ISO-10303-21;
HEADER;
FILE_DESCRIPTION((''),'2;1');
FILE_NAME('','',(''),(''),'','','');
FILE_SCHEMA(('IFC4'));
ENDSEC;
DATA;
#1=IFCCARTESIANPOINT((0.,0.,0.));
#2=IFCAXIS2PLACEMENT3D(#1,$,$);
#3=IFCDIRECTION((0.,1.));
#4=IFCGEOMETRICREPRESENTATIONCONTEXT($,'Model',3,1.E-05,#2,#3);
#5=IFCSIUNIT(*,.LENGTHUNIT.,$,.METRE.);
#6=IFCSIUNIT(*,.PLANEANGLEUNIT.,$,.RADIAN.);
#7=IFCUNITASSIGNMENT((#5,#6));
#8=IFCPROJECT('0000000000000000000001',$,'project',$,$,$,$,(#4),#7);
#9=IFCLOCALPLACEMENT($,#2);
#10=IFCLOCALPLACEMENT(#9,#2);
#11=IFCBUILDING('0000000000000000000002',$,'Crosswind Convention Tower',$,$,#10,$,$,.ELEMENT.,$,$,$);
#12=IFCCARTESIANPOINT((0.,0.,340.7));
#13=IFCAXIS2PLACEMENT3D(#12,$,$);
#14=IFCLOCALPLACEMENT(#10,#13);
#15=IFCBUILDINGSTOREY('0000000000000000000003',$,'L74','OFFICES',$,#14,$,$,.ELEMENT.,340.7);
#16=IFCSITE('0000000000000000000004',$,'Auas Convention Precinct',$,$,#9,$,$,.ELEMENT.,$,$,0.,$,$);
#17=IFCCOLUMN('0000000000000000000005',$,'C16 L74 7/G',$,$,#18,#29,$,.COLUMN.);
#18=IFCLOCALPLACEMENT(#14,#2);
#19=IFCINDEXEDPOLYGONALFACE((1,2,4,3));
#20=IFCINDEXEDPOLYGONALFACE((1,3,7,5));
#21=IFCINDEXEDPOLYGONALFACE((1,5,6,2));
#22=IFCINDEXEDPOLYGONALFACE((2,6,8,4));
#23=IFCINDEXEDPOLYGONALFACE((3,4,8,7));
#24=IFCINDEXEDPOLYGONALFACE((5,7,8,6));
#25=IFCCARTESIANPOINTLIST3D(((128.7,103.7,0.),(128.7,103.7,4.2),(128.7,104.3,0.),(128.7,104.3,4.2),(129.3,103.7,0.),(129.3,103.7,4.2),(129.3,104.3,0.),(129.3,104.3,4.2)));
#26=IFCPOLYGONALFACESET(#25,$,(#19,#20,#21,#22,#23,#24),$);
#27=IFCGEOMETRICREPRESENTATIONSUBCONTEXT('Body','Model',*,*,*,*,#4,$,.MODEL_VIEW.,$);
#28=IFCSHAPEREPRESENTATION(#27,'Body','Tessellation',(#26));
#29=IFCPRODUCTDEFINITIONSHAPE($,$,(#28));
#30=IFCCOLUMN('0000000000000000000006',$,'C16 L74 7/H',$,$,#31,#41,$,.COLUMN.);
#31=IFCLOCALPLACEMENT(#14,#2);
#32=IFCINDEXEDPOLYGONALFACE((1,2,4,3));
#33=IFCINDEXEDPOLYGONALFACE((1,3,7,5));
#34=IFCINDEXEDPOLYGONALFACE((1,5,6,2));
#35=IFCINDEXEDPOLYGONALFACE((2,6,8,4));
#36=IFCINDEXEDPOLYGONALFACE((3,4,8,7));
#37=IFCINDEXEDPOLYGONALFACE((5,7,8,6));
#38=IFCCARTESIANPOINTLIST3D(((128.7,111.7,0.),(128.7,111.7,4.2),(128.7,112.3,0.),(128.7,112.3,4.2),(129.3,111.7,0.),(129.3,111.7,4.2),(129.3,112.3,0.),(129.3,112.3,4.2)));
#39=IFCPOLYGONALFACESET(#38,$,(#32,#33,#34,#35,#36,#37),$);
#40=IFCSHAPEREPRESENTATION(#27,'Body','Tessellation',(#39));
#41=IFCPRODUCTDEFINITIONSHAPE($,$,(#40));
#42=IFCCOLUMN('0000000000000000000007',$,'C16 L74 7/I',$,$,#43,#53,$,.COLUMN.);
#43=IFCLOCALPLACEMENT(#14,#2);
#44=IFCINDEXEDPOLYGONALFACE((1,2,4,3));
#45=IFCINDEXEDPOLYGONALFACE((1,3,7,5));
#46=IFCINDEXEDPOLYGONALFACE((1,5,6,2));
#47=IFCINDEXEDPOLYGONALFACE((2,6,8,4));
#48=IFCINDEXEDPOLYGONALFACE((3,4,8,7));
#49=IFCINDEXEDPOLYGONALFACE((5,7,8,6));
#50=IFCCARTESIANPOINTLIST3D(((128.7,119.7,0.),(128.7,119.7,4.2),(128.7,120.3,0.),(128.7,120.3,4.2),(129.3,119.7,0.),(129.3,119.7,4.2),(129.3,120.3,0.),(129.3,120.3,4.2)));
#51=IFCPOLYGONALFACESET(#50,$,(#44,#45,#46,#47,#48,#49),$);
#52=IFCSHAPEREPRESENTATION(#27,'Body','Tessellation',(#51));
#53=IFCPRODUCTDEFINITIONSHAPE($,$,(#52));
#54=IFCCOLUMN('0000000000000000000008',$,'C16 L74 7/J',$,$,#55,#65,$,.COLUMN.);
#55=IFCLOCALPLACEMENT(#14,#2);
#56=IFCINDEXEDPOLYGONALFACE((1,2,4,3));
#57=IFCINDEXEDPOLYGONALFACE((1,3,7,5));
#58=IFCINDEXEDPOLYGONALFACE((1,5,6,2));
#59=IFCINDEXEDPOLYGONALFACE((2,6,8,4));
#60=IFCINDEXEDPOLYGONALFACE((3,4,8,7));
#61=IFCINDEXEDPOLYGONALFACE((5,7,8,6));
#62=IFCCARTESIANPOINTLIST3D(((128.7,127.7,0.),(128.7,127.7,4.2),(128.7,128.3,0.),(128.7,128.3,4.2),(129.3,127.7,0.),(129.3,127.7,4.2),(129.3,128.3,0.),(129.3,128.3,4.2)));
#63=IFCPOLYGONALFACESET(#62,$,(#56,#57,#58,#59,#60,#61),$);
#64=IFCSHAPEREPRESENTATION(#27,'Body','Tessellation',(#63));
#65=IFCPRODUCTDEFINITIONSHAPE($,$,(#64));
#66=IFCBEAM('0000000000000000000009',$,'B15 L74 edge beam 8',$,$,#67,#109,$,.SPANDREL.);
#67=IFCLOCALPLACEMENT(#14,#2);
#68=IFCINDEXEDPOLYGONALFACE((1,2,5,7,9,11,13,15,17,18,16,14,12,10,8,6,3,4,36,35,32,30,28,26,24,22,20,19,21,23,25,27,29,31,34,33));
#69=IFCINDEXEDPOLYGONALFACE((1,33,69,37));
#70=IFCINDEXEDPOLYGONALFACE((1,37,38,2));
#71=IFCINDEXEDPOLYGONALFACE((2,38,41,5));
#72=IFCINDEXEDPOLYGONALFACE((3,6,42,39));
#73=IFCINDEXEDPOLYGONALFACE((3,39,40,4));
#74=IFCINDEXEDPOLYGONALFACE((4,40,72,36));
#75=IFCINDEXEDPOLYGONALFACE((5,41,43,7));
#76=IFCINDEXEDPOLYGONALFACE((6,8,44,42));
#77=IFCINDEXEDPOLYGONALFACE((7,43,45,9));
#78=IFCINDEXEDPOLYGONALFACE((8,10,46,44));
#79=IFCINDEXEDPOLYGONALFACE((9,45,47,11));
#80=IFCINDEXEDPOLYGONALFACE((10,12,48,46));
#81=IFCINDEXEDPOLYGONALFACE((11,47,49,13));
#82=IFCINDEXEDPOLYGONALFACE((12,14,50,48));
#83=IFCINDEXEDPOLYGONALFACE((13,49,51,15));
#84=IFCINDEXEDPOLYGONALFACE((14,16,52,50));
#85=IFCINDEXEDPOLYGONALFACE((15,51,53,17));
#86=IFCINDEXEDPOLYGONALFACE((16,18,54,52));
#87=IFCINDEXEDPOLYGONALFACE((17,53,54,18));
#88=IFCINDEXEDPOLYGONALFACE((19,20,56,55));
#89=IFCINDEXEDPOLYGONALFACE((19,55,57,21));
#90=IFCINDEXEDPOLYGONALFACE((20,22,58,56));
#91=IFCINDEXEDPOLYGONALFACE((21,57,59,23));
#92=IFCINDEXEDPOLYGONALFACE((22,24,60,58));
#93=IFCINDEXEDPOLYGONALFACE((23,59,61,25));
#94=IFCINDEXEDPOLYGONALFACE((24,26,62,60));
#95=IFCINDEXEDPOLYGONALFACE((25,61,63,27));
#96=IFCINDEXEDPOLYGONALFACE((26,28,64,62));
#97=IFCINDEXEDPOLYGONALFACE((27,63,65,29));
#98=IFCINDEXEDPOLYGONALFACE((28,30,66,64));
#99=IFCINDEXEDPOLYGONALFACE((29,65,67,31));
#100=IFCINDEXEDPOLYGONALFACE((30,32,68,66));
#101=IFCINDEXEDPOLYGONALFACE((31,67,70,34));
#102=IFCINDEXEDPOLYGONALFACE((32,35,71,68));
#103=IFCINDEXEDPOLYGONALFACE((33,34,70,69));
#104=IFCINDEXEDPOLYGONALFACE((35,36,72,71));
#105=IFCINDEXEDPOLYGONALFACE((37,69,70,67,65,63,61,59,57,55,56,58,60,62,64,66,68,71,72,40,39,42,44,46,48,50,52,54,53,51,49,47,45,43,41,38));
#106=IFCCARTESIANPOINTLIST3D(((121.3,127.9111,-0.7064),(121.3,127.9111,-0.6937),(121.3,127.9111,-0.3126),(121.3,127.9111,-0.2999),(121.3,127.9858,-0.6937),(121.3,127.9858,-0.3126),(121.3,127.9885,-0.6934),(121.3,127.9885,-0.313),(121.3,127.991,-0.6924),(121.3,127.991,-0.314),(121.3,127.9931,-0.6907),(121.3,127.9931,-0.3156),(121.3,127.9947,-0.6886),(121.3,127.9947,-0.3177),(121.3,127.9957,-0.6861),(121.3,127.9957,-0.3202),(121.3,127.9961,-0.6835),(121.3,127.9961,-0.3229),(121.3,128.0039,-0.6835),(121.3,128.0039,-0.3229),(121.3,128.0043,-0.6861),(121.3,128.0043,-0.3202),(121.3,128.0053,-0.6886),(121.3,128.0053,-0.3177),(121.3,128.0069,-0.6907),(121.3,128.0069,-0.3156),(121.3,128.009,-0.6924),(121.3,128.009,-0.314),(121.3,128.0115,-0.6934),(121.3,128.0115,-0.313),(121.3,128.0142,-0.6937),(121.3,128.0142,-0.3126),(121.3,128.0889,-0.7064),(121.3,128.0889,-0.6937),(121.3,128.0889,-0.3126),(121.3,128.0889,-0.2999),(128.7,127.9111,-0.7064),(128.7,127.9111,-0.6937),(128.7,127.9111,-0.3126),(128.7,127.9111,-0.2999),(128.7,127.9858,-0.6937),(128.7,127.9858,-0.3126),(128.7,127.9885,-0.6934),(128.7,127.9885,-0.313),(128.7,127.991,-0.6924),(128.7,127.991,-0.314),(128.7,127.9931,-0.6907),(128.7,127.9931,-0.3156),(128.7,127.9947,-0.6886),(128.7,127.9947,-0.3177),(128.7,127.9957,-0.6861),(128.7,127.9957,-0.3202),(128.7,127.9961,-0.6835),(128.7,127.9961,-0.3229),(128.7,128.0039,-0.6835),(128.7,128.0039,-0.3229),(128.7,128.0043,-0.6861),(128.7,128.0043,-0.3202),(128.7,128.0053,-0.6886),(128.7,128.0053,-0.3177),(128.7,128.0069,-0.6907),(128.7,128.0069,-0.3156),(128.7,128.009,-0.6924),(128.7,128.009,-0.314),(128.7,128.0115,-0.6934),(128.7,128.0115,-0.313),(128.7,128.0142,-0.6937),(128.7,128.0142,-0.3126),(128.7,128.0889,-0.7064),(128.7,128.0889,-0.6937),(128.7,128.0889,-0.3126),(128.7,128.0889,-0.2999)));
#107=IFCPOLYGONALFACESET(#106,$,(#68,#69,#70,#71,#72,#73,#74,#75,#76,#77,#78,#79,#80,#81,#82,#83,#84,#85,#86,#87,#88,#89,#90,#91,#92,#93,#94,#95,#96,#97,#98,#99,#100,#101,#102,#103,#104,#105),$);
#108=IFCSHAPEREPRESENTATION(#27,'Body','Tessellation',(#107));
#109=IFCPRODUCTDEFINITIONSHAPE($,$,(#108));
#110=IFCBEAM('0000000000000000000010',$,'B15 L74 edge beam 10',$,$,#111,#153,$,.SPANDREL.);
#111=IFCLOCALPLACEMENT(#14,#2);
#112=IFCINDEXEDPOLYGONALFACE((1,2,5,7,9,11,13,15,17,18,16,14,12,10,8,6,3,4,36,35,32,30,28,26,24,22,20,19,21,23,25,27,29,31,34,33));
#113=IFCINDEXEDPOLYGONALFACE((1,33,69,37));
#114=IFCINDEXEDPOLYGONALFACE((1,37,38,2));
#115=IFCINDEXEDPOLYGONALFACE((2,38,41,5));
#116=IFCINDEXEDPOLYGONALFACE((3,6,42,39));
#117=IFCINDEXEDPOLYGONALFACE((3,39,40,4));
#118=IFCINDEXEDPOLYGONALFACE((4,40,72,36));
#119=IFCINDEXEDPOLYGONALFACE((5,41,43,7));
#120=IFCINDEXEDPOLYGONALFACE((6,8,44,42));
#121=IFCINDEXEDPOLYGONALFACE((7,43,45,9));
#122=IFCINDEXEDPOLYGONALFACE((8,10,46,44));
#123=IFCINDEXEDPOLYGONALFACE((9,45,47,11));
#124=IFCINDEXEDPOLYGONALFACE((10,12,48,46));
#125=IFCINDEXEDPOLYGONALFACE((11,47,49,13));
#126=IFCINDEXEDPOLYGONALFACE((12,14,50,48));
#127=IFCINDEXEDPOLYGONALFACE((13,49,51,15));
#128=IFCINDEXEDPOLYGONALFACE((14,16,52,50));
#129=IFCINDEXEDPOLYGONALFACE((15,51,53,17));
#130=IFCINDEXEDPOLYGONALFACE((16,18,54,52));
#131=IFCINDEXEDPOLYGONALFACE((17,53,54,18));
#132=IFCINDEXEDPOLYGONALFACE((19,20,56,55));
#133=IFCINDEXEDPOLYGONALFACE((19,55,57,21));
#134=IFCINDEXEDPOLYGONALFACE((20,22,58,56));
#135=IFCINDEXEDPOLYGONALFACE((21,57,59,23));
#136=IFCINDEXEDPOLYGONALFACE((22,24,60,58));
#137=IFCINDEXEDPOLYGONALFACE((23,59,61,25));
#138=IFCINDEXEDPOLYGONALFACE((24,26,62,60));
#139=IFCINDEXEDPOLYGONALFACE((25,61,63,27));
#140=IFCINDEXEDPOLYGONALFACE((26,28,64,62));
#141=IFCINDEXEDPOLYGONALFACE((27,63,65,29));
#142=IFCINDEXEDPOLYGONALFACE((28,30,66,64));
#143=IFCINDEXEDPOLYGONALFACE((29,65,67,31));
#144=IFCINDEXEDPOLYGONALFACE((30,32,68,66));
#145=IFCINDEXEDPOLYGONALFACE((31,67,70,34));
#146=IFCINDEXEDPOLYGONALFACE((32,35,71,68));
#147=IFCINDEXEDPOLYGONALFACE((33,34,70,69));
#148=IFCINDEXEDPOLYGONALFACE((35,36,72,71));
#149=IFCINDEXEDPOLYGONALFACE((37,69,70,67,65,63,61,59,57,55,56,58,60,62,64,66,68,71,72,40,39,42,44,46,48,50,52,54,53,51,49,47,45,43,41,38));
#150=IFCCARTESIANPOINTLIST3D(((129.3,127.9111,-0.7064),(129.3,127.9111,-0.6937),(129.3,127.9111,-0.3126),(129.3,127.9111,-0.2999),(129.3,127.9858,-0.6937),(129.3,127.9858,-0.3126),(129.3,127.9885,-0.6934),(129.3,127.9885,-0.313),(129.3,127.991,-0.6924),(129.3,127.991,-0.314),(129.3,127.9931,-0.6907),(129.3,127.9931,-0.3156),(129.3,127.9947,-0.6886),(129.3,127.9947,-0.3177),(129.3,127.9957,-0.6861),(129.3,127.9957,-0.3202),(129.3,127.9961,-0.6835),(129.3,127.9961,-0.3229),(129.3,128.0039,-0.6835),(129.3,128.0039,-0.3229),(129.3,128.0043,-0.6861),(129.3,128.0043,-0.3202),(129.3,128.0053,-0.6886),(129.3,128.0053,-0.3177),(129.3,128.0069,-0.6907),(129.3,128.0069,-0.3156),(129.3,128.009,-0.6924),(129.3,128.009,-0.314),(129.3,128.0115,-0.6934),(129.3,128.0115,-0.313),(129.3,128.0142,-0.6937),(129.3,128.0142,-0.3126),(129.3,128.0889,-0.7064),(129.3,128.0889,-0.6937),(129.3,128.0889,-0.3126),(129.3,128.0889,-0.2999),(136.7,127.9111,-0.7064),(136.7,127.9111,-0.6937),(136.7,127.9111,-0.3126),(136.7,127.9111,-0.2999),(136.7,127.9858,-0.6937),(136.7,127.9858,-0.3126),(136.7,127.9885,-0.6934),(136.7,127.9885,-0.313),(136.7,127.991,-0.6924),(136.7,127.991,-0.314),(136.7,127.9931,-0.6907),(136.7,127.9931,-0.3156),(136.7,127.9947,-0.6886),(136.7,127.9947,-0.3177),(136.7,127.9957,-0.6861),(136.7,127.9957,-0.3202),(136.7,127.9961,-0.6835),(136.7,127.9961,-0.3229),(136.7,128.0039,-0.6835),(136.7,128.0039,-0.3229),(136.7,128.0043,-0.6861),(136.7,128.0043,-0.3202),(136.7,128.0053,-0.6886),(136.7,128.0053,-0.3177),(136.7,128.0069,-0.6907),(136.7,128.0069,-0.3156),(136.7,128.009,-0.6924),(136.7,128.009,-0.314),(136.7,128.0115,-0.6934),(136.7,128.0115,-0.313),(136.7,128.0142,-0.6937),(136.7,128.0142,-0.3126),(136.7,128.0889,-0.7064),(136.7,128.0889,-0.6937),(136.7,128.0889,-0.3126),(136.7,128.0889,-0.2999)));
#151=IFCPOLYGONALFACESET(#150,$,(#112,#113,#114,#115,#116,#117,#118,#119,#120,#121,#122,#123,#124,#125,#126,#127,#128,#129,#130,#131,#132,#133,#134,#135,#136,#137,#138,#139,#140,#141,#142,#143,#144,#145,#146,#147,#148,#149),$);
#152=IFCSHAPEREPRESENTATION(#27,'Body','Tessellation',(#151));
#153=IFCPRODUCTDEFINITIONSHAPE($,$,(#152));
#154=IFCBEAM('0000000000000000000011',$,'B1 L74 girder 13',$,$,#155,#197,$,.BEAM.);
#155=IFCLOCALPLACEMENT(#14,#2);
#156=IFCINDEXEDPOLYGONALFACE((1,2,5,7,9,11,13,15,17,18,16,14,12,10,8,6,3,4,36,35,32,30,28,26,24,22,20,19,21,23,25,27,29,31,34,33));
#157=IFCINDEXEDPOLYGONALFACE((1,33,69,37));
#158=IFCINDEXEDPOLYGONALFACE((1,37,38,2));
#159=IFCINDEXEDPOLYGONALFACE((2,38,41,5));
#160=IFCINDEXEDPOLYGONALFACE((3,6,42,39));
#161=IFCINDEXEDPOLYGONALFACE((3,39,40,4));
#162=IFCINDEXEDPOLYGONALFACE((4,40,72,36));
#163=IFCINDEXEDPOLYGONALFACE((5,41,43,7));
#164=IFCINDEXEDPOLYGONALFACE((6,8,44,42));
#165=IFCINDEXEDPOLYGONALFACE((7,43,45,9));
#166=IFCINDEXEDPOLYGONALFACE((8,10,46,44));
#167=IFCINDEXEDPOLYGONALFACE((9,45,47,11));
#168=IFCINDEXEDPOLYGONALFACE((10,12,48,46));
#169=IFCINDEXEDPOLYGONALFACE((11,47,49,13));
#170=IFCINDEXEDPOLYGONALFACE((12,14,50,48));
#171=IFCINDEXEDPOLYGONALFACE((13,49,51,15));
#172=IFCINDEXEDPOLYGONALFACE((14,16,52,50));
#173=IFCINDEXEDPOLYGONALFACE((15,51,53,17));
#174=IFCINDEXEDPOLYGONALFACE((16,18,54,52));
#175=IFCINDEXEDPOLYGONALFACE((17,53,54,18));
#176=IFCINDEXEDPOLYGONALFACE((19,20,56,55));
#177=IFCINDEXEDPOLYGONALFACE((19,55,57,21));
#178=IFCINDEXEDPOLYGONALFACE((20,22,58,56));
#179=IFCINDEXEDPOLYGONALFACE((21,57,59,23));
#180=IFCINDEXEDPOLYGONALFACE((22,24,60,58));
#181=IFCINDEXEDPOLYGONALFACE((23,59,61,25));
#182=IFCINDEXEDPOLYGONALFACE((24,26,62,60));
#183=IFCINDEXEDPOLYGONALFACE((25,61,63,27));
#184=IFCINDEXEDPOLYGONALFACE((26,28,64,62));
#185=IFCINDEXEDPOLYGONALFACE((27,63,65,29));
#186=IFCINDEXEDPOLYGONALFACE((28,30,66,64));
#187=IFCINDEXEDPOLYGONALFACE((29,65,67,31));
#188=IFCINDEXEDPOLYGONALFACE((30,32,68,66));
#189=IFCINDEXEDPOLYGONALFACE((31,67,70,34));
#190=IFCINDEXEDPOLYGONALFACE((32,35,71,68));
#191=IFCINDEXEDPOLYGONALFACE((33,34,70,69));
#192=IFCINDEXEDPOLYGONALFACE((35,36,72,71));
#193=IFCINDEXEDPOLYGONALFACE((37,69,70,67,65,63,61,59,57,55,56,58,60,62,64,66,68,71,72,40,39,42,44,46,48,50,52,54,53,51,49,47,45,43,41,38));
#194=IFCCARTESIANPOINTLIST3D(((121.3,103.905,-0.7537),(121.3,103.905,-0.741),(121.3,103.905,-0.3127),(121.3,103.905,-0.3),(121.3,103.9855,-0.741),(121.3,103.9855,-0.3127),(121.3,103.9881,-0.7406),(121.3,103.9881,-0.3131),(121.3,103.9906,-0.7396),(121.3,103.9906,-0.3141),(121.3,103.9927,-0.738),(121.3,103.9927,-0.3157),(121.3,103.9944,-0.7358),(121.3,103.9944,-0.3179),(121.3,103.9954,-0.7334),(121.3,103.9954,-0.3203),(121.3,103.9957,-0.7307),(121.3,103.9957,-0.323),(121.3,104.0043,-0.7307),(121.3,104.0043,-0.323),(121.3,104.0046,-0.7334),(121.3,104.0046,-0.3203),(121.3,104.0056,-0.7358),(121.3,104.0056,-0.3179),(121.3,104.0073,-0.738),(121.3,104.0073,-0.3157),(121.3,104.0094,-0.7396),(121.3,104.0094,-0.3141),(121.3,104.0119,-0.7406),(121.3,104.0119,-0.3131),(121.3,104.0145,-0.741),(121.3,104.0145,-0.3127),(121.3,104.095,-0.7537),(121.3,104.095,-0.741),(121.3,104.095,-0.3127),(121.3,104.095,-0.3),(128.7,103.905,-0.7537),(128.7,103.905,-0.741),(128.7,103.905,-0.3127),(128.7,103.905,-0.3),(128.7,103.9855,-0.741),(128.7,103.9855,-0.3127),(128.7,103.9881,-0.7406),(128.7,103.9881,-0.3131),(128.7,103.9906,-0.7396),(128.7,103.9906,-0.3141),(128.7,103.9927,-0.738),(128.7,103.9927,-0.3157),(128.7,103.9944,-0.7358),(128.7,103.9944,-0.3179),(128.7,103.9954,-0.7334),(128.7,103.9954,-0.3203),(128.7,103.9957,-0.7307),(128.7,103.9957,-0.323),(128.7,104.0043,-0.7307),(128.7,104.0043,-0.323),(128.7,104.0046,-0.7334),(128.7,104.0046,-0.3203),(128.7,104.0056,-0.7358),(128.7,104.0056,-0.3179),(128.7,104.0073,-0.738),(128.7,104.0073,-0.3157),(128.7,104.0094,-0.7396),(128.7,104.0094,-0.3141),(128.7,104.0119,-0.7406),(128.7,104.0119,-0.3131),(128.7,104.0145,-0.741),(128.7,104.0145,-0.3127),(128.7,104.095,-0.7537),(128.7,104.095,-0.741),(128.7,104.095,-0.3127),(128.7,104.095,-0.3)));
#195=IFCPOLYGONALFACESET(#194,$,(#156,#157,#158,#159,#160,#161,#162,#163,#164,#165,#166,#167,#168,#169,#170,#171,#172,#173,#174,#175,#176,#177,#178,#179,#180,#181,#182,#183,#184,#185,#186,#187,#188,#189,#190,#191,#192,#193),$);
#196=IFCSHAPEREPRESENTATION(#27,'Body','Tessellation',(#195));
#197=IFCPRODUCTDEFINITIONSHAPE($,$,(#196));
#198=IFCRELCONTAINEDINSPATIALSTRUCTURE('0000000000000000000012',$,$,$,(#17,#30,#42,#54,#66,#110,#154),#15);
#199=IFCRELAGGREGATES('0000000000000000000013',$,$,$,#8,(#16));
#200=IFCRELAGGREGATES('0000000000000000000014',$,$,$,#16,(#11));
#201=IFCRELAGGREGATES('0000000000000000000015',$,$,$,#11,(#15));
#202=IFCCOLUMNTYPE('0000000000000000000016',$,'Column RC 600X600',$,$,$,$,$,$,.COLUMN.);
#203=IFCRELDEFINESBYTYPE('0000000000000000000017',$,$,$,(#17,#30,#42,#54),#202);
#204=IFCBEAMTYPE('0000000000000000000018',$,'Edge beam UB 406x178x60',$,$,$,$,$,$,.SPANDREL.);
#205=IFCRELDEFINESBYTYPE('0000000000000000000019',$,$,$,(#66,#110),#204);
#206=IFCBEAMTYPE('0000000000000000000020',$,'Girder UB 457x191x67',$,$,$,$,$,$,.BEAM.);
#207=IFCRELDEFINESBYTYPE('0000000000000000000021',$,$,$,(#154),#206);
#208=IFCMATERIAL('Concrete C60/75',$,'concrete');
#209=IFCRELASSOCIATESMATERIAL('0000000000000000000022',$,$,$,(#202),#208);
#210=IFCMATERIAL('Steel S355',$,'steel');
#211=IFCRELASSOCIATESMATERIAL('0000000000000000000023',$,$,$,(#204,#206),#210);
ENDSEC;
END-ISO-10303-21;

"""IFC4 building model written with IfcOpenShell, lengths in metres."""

from ifc_helpers import new_model, si_unit, direction, frame, origin, origin_2d, place, context, subcontext, project, spatial, rectangle, i_section, extrude, material, material_profile, profile_set, type_object, element, save


model = new_model("IFC4")

# Units and contexts
model_context = context("Model", 3, precision=1e-05, world=origin(), true_north=direction((0.0, 1.0)))
body_context = subcontext(model_context, "Body", "Model", "MODEL_VIEW")
ifc_project = project(units=[si_unit("LENGTHUNIT", "METRE"), si_unit("PLANEANGLEUNIT", "RADIAN")], contexts=[model_context])

# Site, building, storey
site_placement = place(None, origin())
site = spatial("IfcSite", under=ifc_project, at=site_placement, Name="Auas Convention Precinct", CompositionType="ELEMENT", RefElevation=0.0)
building_placement = place(site_placement, origin())
building = spatial("IfcBuilding", under=site, at=building_placement, Name="Crosswind Convention Tower", CompositionType="ELEMENT")
storey_placement = place(building_placement, frame((0.0, 0.0, 340.7)))
storey = spatial("IfcBuildingStorey", under=building, at=storey_placement, Name="L74", Description="OFFICES", CompositionType="ELEMENT", Elevation=340.7)

# Columns
ifc_material_1 = material(Name="Concrete C60/75", Category="concrete")
ifc_material_profile_1 = material_profile(ifc_material_1, rectangle(XDim=0.6001, YDim=0.6001, at=origin_2d()), Name="RC 600X600")
ifc_profile_set_1 = profile_set([ifc_material_profile_1], Name="Concrete C60/75")
column_type = type_object("IfcColumnType", Name="Column RC 600X600", PredefinedType="COLUMN", material=ifc_profile_set_1)
for number, where, z_axis, x_axis, name in (
    (1, (129.0, 104.0, 0.0), (0.0, 0.0, 1.0), (1.0, 0.0, 0.0), "C16 L74 7/G"),
    (2, (129.0, 112.0, 0.0), (0.0, 0.0, 1.0), (1.0, 0.0, 0.0), "C16 L74 7/H"),
    (3, (129.0, 120.0, 0.0), (0.0, 0.0, 1.0), (1.0, 0.0, 0.0), "C16 L74 7/I"),
    (4, (129.0, 128.0, 0.0), (0.0, 0.0, 1.0), (1.0, 0.0, 0.0), "C16 L74 7/J"),
):
    element("IfcColumn", number, at=place(storey_placement, frame(where, z_axis=z_axis, x_axis=x_axis)), inside=storey, type_object=column_type, Name=name, PredefinedType="COLUMN", context=body_context, shape_type="SweptSolid", body=[
        extrude(rectangle(XDim=0.6001, YDim=0.6001, at=origin_2d()), origin(), (0.0, 0.0, 1.0), 4.2),
    ])

# Beams
ifc_material_2 = material(Name="Steel S355", Category="steel")
ifc_material_profile_2 = material_profile(ifc_material_2, i_section(OverallWidth=0.1777, OverallDepth=0.4065, WebThickness=0.0078, FlangeThickness=0.0127, FilletRadius=0.0103, at=origin_2d()), Name="UB 406x178x60")
ifc_profile_set_2 = profile_set([ifc_material_profile_2], Name="Steel S355")
beam_type_1 = type_object("IfcBeamType", Name="Edge beam UB 406x178x60", PredefinedType="SPANDREL", material=ifc_profile_set_2)
for number, where, z_axis, x_axis, name in (
    (5, (121.3, 128.0, -0.5032), (1.0, 0.0, 0.0), (0.0, 1.0, 0.0), "B15 L74 edge beam 8"),
    (6, (129.3, 128.0, -0.5032), (1.0, 0.0, 0.0), (0.0, 1.0, 0.0), "B15 L74 edge beam 10"),
):
    element("IfcBeam", number, at=place(storey_placement, frame(where, z_axis=z_axis, x_axis=x_axis)), inside=storey, type_object=beam_type_1, Name=name, PredefinedType="SPANDREL", context=body_context, shape_type="SweptSolid", body=[
        extrude(i_section(OverallWidth=0.1777, OverallDepth=0.4065, WebThickness=0.0078, FlangeThickness=0.0127, FilletRadius=0.0103, at=origin_2d()), origin(), (0.0, 0.0, 1.0), 7.3999),
    ])
ifc_material_profile_3 = material_profile(ifc_material_2, i_section(OverallWidth=0.1899, OverallDepth=0.4536, WebThickness=0.0085, FlangeThickness=0.0127, FilletRadius=0.0103, at=origin_2d()), Name="UB 457x191x67")
ifc_profile_set_3 = profile_set([ifc_material_profile_3], Name="Steel S355")
beam_type_2 = type_object("IfcBeamType", Name="Girder UB 457x191x67", PredefinedType="BEAM", material=ifc_profile_set_3)
for number, where, z_axis, x_axis, name in (
    (7, (121.3, 104.0, -0.5269), (1.0, 0.0, 0.0), (0.0, 1.0, 0.0), "B1 L74 girder 13"),
):
    element("IfcBeam", number, at=place(storey_placement, frame(where, z_axis=z_axis, x_axis=x_axis)), inside=storey, type_object=beam_type_2, Name=name, PredefinedType="BEAM", context=body_context, shape_type="SweptSolid", body=[
        extrude(i_section(OverallWidth=0.1899, OverallDepth=0.4536, WebThickness=0.0085, FlangeThickness=0.0127, FilletRadius=0.0103, at=origin_2d()), origin(), (0.0, 0.0, 1.0), 7.3999),
    ])

save(model, "model.ifc")
